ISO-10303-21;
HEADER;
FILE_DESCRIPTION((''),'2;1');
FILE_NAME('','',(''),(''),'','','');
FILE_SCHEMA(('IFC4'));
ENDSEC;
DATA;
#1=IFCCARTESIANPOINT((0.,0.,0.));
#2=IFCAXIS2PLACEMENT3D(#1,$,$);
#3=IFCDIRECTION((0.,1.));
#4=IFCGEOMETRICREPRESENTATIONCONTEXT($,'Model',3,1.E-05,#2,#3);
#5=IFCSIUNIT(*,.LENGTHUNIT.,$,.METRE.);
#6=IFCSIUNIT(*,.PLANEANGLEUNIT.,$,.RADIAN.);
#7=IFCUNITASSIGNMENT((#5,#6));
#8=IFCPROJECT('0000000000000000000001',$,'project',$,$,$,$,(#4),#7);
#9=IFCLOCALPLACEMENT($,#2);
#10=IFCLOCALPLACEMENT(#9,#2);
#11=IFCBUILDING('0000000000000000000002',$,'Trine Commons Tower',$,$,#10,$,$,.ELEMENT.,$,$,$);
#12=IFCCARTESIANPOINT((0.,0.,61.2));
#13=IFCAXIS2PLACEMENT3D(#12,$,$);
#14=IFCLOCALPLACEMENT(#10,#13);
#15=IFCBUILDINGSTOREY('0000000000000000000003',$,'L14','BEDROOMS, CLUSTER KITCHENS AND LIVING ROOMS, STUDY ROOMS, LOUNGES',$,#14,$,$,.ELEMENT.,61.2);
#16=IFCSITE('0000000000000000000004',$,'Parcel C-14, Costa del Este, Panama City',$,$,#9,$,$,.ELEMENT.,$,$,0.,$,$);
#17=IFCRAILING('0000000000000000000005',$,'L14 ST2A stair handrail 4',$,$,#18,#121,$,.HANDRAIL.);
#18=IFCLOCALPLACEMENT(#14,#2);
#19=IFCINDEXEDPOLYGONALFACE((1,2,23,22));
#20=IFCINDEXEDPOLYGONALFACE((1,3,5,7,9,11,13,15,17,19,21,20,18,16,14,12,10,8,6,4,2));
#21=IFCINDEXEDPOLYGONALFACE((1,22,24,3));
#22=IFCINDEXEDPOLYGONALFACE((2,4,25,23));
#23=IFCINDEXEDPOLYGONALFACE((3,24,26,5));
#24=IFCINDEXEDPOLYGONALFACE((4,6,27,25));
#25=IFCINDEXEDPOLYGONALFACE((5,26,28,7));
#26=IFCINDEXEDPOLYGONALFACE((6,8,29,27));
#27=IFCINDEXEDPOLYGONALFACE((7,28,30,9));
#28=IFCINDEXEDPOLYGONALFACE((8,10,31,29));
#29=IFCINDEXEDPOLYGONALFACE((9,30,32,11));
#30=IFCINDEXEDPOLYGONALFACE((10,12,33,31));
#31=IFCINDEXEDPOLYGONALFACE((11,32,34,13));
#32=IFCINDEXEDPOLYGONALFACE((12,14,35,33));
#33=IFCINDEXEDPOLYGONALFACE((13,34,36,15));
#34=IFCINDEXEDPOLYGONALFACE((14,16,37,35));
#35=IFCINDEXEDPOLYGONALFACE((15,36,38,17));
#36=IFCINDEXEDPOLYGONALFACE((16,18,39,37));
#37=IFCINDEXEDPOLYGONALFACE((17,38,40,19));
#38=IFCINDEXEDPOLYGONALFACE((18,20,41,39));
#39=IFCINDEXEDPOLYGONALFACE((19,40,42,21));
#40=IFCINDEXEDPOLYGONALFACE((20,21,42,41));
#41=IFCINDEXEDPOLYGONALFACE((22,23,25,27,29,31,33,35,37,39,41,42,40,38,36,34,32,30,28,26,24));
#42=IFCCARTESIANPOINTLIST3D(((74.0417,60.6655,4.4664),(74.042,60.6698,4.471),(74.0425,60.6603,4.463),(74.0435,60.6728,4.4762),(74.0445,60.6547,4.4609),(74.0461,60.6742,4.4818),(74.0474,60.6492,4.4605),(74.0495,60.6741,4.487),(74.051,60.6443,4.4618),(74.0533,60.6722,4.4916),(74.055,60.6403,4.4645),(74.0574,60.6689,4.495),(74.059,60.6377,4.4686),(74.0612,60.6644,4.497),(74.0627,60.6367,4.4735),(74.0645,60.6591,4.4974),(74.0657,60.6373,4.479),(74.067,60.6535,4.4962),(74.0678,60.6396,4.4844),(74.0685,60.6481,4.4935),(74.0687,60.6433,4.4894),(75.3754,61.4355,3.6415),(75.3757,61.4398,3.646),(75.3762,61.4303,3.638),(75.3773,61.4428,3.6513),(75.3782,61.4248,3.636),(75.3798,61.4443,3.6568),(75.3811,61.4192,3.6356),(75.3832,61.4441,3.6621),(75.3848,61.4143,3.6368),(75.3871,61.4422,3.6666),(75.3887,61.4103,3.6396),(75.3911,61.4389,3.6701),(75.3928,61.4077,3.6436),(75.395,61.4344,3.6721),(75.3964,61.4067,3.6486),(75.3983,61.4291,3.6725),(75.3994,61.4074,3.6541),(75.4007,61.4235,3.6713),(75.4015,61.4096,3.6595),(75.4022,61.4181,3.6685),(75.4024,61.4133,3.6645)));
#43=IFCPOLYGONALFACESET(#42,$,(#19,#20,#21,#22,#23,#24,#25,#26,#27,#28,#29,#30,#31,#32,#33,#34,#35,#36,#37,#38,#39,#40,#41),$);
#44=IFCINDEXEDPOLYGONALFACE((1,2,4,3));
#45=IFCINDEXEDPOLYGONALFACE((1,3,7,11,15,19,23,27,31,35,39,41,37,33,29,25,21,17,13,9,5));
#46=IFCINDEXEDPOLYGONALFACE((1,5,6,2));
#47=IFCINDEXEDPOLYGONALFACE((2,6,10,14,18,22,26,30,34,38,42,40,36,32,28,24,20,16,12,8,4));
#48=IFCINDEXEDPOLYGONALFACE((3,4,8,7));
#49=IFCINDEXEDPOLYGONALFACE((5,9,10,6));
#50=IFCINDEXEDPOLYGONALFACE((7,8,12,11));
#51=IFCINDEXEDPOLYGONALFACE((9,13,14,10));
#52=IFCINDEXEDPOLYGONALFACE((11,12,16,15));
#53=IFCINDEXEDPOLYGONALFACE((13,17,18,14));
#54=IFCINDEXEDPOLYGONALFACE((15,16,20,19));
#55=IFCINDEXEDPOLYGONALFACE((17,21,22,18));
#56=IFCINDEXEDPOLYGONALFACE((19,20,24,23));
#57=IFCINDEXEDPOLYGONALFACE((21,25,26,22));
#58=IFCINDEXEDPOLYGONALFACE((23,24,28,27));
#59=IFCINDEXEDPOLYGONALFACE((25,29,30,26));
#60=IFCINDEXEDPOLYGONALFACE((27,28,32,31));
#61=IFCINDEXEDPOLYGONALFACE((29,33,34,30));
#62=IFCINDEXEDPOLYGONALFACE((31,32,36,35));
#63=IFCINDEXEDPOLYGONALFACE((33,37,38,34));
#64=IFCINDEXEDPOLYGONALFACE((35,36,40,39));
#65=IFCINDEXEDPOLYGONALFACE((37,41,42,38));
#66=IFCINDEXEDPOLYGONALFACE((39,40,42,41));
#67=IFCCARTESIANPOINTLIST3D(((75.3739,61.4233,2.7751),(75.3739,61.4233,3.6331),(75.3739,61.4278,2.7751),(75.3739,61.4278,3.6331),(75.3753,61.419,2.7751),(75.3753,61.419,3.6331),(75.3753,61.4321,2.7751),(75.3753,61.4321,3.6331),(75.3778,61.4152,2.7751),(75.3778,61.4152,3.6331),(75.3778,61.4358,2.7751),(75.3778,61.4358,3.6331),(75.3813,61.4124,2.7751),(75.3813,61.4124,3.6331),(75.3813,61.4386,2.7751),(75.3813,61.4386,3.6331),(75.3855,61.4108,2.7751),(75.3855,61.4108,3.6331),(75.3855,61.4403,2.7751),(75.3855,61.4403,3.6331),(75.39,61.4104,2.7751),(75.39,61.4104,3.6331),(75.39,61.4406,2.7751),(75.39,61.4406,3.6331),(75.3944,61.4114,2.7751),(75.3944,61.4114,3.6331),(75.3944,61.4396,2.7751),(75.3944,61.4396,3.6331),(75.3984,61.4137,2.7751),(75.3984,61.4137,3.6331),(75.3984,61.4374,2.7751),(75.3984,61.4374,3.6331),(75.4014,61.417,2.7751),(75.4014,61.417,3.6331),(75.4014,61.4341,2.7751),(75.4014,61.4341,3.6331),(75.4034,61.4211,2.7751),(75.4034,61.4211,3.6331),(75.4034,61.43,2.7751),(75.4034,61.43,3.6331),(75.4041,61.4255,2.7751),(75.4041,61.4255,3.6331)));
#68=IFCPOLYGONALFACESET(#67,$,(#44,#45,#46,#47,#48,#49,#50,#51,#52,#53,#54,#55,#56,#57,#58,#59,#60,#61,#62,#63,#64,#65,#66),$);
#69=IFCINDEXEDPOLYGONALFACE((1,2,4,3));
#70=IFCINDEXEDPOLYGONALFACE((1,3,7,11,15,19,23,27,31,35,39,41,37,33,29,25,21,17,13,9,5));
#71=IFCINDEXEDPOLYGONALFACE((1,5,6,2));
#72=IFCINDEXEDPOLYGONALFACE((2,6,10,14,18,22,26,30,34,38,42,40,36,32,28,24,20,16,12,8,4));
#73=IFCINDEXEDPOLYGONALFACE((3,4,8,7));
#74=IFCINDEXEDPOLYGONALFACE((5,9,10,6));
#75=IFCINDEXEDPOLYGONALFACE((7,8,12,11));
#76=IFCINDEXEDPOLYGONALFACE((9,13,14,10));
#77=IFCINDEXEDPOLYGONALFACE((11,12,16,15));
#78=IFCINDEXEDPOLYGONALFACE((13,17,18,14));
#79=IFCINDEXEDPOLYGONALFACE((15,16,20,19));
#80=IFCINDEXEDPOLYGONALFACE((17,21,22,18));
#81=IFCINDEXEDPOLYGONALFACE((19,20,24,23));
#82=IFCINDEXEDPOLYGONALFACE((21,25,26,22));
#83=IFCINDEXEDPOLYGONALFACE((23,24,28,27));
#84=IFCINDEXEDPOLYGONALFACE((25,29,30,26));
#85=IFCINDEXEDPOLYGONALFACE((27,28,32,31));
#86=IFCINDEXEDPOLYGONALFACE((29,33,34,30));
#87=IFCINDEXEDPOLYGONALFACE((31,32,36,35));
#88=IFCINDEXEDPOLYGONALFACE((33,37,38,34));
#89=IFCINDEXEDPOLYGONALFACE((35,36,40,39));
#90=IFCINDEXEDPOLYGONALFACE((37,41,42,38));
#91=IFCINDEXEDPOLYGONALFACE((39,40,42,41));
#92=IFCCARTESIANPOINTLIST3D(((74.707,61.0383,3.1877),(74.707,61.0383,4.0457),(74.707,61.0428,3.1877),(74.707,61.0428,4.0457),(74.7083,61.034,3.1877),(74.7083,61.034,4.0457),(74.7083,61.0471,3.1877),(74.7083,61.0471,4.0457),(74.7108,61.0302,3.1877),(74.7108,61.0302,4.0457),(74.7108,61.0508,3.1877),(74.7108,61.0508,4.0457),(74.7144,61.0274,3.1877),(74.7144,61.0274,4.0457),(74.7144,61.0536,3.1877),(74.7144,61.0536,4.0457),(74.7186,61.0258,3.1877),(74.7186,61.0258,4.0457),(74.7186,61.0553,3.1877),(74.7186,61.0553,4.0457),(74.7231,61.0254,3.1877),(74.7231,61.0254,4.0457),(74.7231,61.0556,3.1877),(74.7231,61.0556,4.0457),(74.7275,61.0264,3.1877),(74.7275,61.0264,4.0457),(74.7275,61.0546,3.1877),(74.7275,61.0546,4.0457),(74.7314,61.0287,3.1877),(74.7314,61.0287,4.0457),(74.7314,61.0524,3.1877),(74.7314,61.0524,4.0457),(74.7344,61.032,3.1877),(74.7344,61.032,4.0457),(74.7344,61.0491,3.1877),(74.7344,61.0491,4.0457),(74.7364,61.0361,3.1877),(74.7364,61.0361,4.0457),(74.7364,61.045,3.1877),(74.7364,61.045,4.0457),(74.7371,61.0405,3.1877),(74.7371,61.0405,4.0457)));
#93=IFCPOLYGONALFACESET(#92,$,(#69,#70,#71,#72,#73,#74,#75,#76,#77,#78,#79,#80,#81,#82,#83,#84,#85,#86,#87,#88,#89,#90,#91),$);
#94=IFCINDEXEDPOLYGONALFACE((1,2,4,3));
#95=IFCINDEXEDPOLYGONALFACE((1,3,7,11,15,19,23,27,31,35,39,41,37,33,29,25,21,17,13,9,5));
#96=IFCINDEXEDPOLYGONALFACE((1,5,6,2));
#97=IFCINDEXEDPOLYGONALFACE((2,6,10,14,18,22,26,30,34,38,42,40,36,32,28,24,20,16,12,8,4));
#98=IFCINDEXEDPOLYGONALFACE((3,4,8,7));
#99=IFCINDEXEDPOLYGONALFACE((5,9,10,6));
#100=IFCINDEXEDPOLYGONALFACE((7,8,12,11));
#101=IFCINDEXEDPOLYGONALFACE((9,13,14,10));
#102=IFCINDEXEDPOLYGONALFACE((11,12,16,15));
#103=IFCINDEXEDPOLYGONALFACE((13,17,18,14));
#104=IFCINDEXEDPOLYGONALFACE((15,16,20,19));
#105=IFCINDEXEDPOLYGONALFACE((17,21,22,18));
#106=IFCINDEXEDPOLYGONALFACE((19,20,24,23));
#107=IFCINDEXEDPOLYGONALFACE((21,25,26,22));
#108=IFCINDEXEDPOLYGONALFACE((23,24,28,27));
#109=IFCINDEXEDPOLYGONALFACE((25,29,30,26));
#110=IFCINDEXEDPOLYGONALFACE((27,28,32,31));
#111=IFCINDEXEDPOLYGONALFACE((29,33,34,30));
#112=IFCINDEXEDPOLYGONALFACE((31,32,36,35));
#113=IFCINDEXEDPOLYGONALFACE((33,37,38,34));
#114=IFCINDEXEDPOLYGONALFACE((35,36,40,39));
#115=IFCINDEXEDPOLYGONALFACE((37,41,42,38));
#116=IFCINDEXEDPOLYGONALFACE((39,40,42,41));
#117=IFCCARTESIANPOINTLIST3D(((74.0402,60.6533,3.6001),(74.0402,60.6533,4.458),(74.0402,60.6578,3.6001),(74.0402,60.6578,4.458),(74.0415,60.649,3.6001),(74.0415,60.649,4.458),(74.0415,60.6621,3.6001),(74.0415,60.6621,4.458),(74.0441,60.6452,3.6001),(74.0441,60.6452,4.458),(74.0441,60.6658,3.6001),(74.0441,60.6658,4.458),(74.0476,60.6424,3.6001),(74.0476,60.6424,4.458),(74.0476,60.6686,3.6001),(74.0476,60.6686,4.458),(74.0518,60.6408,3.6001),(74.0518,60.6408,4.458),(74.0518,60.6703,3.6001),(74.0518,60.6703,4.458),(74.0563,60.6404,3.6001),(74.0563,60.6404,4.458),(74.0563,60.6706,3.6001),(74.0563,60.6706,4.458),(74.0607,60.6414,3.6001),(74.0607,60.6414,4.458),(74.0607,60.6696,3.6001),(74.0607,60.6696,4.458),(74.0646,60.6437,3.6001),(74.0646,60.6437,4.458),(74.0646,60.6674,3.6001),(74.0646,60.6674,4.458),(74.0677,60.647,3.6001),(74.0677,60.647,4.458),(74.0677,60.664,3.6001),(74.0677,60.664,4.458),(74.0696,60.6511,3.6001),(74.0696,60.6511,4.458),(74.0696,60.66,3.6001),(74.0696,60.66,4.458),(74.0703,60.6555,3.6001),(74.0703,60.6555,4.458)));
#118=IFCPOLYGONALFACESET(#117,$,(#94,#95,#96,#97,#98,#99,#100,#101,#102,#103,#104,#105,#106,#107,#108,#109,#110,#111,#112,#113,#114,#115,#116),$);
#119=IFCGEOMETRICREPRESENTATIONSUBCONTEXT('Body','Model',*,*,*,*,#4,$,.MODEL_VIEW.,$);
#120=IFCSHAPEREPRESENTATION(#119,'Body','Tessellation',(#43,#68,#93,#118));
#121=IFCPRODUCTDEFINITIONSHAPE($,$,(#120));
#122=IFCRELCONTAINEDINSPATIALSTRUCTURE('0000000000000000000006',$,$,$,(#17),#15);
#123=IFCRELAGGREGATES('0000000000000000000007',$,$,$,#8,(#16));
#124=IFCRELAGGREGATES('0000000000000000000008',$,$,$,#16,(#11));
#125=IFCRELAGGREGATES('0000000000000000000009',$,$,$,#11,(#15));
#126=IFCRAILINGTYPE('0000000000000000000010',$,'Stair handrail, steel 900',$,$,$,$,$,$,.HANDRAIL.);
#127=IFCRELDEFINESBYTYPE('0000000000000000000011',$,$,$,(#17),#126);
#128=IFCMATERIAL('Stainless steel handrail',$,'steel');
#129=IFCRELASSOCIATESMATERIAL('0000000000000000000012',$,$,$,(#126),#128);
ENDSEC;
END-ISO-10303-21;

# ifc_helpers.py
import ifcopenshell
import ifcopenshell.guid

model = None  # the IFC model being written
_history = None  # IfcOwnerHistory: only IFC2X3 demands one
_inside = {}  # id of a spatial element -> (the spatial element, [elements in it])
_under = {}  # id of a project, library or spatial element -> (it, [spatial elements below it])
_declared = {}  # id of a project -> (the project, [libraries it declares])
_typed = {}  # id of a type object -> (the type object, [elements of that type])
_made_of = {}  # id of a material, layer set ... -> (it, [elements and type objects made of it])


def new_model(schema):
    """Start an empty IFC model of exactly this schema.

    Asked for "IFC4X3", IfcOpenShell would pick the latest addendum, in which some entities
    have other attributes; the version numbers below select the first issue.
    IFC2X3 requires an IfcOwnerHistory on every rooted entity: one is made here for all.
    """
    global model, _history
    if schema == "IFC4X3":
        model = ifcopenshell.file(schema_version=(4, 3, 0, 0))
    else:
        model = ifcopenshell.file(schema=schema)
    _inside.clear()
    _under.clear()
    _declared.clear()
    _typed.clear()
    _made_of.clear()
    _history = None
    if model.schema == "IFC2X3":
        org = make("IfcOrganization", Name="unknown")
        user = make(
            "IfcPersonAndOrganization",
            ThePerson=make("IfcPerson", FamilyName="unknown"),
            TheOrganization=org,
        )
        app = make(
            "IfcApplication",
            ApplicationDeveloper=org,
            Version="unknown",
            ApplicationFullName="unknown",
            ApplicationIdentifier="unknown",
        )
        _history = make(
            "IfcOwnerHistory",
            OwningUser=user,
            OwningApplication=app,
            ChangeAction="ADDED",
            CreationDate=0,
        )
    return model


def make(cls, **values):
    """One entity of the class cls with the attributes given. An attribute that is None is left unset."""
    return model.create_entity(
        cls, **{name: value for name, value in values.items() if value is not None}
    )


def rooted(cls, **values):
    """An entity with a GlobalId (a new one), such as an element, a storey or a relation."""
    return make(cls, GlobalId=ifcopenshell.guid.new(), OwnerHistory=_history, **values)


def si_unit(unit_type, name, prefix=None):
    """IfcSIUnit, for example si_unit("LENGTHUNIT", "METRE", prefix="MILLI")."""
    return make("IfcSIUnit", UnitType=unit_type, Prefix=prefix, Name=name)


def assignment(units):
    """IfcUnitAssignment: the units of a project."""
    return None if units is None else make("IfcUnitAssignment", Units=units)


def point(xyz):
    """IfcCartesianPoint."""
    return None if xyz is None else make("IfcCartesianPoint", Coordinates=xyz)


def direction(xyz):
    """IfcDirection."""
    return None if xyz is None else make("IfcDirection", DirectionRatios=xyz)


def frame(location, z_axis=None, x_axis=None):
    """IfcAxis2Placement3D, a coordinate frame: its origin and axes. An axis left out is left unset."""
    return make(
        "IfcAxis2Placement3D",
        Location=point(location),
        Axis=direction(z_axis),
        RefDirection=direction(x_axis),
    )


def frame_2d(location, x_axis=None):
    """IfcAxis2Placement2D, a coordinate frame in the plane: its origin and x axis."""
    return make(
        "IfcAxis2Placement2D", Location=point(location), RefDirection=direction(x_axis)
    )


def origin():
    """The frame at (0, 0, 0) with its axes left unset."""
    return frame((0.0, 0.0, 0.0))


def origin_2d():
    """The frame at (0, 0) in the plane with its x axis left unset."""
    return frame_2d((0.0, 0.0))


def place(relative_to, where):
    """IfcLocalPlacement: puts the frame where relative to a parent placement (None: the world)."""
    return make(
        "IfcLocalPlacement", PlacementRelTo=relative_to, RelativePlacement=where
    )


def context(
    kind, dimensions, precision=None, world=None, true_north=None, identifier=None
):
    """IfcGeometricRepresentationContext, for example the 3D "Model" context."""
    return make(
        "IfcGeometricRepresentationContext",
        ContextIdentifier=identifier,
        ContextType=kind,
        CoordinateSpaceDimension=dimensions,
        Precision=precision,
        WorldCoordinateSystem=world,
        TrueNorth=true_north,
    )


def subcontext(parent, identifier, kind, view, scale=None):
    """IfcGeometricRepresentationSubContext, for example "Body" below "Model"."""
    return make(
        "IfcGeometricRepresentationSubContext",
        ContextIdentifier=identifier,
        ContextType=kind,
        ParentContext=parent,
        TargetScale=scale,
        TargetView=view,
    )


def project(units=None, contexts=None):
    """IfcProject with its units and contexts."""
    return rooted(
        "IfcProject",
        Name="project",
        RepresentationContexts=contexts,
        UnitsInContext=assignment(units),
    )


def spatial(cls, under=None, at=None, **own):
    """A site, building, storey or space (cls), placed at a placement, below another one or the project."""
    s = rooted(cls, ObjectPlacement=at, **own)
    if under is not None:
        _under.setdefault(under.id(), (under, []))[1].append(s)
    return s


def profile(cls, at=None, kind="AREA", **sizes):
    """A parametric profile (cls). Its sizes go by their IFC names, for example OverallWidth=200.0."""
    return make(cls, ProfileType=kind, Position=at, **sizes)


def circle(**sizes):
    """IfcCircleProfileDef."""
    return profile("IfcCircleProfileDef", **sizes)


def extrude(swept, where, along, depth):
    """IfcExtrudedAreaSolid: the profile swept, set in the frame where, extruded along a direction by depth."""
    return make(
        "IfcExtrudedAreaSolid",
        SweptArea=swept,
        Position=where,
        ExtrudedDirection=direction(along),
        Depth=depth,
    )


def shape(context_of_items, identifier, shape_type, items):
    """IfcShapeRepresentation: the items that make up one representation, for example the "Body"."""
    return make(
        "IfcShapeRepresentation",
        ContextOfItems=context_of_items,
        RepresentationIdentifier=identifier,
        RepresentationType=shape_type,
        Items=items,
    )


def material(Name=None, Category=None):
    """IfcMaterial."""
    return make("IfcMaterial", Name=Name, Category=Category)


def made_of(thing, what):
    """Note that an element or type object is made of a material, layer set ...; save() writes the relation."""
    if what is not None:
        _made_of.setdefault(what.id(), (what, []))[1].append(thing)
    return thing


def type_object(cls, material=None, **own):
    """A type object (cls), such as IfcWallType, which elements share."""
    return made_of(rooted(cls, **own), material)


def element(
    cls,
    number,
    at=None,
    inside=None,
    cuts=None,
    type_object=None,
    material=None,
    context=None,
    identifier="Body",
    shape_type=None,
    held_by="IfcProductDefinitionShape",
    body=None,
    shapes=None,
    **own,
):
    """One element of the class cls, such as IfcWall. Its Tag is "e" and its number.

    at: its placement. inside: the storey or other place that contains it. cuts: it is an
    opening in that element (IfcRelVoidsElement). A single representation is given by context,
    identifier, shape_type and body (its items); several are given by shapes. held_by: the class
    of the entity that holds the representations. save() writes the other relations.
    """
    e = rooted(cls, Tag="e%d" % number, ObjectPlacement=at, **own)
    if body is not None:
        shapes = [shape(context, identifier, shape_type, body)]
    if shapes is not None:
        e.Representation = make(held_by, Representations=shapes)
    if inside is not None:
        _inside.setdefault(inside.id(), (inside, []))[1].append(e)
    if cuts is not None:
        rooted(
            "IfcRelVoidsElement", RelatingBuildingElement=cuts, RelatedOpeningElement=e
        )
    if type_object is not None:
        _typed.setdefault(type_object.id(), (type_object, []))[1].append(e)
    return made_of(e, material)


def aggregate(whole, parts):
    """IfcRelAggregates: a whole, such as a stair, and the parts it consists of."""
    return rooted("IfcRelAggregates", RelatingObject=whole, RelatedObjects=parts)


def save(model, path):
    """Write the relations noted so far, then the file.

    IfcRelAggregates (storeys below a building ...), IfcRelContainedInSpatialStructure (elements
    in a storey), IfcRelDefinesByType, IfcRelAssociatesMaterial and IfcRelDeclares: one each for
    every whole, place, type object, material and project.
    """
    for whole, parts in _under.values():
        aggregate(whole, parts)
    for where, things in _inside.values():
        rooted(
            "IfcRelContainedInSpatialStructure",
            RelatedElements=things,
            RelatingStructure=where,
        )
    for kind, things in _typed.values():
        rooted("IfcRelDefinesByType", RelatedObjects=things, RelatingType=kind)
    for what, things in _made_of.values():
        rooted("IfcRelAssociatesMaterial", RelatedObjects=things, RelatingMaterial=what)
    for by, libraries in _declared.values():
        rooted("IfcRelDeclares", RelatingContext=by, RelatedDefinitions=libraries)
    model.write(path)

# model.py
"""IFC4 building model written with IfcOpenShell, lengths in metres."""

from ifc_helpers import new_model, si_unit, direction, frame, origin, origin_2d, place, context, subcontext, project, spatial, circle, extrude, material, type_object, element, save


model = new_model("IFC4")

# Units and contexts
model_context = context("Model", 3, precision=1e-05, world=origin(), true_north=direction((0.0, 1.0)))
body_context = subcontext(model_context, "Body", "Model", "MODEL_VIEW")
ifc_project = project(units=[si_unit("LENGTHUNIT", "METRE"), si_unit("PLANEANGLEUNIT", "RADIAN")], contexts=[model_context])

# Site, building, storey
site_placement = place(None, origin())
site = spatial("IfcSite", under=ifc_project, at=site_placement, Name="Parcel C-14, Costa del Este, Panama City", CompositionType="ELEMENT", RefElevation=0.0)
building_placement = place(site_placement, origin())
building = spatial("IfcBuilding", under=site, at=building_placement, Name="Trine Commons Tower", CompositionType="ELEMENT")
storey_placement = place(building_placement, frame((0.0, 0.0, 61.2)))
storey = spatial("IfcBuildingStorey", under=building, at=storey_placement, Name="L14", Description="BEDROOMS, CLUSTER KITCHENS AND LIVING ROOMS, STUDY ROOMS, LOUNGES", CompositionType="ELEMENT", Elevation=61.2)

# Railing
ifc_material_1 = material(Name="Stainless steel handrail", Category="steel")
railing_type_1 = type_object("IfcRailingType", Name="Stair handrail, steel 900", PredefinedType="HANDRAIL", material=ifc_material_1)
railing_1_placement = place(storey_placement, frame((75.3889, 61.4255, 2.7751)))
element("IfcRailing", 1, at=railing_1_placement, inside=storey, type_object=railing_type_1, Name="L14 ST2A stair handrail 4", PredefinedType="HANDRAIL", context=body_context, shape_type="SweptSolid", body=[
    extrude(circle(Radius=0.021, at=origin_2d()), frame((0.0, 0.0, 0.8789), z_axis=(-0.763405, -0.440743, 0.472185), x_axis=(0.499992, -0.86603, 0.0)), (0.0, 0.0, 1.0), 1.7471),
    extrude(circle(Radius=0.0151, at=origin_2d()), origin(), (0.0, 0.0, 1.0), 0.8579),
    extrude(circle(Radius=0.0151, at=origin_2d()), frame((-0.667, -0.385, 0.4126)), (0.0, 0.0, 1.0), 0.8579),
    extrude(circle(Radius=0.0151, at=origin_2d()), frame((-1.3337, -0.77, 0.825)), (0.0, 0.0, 1.0), 0.8579),
])

save(model, "model.ifc")
